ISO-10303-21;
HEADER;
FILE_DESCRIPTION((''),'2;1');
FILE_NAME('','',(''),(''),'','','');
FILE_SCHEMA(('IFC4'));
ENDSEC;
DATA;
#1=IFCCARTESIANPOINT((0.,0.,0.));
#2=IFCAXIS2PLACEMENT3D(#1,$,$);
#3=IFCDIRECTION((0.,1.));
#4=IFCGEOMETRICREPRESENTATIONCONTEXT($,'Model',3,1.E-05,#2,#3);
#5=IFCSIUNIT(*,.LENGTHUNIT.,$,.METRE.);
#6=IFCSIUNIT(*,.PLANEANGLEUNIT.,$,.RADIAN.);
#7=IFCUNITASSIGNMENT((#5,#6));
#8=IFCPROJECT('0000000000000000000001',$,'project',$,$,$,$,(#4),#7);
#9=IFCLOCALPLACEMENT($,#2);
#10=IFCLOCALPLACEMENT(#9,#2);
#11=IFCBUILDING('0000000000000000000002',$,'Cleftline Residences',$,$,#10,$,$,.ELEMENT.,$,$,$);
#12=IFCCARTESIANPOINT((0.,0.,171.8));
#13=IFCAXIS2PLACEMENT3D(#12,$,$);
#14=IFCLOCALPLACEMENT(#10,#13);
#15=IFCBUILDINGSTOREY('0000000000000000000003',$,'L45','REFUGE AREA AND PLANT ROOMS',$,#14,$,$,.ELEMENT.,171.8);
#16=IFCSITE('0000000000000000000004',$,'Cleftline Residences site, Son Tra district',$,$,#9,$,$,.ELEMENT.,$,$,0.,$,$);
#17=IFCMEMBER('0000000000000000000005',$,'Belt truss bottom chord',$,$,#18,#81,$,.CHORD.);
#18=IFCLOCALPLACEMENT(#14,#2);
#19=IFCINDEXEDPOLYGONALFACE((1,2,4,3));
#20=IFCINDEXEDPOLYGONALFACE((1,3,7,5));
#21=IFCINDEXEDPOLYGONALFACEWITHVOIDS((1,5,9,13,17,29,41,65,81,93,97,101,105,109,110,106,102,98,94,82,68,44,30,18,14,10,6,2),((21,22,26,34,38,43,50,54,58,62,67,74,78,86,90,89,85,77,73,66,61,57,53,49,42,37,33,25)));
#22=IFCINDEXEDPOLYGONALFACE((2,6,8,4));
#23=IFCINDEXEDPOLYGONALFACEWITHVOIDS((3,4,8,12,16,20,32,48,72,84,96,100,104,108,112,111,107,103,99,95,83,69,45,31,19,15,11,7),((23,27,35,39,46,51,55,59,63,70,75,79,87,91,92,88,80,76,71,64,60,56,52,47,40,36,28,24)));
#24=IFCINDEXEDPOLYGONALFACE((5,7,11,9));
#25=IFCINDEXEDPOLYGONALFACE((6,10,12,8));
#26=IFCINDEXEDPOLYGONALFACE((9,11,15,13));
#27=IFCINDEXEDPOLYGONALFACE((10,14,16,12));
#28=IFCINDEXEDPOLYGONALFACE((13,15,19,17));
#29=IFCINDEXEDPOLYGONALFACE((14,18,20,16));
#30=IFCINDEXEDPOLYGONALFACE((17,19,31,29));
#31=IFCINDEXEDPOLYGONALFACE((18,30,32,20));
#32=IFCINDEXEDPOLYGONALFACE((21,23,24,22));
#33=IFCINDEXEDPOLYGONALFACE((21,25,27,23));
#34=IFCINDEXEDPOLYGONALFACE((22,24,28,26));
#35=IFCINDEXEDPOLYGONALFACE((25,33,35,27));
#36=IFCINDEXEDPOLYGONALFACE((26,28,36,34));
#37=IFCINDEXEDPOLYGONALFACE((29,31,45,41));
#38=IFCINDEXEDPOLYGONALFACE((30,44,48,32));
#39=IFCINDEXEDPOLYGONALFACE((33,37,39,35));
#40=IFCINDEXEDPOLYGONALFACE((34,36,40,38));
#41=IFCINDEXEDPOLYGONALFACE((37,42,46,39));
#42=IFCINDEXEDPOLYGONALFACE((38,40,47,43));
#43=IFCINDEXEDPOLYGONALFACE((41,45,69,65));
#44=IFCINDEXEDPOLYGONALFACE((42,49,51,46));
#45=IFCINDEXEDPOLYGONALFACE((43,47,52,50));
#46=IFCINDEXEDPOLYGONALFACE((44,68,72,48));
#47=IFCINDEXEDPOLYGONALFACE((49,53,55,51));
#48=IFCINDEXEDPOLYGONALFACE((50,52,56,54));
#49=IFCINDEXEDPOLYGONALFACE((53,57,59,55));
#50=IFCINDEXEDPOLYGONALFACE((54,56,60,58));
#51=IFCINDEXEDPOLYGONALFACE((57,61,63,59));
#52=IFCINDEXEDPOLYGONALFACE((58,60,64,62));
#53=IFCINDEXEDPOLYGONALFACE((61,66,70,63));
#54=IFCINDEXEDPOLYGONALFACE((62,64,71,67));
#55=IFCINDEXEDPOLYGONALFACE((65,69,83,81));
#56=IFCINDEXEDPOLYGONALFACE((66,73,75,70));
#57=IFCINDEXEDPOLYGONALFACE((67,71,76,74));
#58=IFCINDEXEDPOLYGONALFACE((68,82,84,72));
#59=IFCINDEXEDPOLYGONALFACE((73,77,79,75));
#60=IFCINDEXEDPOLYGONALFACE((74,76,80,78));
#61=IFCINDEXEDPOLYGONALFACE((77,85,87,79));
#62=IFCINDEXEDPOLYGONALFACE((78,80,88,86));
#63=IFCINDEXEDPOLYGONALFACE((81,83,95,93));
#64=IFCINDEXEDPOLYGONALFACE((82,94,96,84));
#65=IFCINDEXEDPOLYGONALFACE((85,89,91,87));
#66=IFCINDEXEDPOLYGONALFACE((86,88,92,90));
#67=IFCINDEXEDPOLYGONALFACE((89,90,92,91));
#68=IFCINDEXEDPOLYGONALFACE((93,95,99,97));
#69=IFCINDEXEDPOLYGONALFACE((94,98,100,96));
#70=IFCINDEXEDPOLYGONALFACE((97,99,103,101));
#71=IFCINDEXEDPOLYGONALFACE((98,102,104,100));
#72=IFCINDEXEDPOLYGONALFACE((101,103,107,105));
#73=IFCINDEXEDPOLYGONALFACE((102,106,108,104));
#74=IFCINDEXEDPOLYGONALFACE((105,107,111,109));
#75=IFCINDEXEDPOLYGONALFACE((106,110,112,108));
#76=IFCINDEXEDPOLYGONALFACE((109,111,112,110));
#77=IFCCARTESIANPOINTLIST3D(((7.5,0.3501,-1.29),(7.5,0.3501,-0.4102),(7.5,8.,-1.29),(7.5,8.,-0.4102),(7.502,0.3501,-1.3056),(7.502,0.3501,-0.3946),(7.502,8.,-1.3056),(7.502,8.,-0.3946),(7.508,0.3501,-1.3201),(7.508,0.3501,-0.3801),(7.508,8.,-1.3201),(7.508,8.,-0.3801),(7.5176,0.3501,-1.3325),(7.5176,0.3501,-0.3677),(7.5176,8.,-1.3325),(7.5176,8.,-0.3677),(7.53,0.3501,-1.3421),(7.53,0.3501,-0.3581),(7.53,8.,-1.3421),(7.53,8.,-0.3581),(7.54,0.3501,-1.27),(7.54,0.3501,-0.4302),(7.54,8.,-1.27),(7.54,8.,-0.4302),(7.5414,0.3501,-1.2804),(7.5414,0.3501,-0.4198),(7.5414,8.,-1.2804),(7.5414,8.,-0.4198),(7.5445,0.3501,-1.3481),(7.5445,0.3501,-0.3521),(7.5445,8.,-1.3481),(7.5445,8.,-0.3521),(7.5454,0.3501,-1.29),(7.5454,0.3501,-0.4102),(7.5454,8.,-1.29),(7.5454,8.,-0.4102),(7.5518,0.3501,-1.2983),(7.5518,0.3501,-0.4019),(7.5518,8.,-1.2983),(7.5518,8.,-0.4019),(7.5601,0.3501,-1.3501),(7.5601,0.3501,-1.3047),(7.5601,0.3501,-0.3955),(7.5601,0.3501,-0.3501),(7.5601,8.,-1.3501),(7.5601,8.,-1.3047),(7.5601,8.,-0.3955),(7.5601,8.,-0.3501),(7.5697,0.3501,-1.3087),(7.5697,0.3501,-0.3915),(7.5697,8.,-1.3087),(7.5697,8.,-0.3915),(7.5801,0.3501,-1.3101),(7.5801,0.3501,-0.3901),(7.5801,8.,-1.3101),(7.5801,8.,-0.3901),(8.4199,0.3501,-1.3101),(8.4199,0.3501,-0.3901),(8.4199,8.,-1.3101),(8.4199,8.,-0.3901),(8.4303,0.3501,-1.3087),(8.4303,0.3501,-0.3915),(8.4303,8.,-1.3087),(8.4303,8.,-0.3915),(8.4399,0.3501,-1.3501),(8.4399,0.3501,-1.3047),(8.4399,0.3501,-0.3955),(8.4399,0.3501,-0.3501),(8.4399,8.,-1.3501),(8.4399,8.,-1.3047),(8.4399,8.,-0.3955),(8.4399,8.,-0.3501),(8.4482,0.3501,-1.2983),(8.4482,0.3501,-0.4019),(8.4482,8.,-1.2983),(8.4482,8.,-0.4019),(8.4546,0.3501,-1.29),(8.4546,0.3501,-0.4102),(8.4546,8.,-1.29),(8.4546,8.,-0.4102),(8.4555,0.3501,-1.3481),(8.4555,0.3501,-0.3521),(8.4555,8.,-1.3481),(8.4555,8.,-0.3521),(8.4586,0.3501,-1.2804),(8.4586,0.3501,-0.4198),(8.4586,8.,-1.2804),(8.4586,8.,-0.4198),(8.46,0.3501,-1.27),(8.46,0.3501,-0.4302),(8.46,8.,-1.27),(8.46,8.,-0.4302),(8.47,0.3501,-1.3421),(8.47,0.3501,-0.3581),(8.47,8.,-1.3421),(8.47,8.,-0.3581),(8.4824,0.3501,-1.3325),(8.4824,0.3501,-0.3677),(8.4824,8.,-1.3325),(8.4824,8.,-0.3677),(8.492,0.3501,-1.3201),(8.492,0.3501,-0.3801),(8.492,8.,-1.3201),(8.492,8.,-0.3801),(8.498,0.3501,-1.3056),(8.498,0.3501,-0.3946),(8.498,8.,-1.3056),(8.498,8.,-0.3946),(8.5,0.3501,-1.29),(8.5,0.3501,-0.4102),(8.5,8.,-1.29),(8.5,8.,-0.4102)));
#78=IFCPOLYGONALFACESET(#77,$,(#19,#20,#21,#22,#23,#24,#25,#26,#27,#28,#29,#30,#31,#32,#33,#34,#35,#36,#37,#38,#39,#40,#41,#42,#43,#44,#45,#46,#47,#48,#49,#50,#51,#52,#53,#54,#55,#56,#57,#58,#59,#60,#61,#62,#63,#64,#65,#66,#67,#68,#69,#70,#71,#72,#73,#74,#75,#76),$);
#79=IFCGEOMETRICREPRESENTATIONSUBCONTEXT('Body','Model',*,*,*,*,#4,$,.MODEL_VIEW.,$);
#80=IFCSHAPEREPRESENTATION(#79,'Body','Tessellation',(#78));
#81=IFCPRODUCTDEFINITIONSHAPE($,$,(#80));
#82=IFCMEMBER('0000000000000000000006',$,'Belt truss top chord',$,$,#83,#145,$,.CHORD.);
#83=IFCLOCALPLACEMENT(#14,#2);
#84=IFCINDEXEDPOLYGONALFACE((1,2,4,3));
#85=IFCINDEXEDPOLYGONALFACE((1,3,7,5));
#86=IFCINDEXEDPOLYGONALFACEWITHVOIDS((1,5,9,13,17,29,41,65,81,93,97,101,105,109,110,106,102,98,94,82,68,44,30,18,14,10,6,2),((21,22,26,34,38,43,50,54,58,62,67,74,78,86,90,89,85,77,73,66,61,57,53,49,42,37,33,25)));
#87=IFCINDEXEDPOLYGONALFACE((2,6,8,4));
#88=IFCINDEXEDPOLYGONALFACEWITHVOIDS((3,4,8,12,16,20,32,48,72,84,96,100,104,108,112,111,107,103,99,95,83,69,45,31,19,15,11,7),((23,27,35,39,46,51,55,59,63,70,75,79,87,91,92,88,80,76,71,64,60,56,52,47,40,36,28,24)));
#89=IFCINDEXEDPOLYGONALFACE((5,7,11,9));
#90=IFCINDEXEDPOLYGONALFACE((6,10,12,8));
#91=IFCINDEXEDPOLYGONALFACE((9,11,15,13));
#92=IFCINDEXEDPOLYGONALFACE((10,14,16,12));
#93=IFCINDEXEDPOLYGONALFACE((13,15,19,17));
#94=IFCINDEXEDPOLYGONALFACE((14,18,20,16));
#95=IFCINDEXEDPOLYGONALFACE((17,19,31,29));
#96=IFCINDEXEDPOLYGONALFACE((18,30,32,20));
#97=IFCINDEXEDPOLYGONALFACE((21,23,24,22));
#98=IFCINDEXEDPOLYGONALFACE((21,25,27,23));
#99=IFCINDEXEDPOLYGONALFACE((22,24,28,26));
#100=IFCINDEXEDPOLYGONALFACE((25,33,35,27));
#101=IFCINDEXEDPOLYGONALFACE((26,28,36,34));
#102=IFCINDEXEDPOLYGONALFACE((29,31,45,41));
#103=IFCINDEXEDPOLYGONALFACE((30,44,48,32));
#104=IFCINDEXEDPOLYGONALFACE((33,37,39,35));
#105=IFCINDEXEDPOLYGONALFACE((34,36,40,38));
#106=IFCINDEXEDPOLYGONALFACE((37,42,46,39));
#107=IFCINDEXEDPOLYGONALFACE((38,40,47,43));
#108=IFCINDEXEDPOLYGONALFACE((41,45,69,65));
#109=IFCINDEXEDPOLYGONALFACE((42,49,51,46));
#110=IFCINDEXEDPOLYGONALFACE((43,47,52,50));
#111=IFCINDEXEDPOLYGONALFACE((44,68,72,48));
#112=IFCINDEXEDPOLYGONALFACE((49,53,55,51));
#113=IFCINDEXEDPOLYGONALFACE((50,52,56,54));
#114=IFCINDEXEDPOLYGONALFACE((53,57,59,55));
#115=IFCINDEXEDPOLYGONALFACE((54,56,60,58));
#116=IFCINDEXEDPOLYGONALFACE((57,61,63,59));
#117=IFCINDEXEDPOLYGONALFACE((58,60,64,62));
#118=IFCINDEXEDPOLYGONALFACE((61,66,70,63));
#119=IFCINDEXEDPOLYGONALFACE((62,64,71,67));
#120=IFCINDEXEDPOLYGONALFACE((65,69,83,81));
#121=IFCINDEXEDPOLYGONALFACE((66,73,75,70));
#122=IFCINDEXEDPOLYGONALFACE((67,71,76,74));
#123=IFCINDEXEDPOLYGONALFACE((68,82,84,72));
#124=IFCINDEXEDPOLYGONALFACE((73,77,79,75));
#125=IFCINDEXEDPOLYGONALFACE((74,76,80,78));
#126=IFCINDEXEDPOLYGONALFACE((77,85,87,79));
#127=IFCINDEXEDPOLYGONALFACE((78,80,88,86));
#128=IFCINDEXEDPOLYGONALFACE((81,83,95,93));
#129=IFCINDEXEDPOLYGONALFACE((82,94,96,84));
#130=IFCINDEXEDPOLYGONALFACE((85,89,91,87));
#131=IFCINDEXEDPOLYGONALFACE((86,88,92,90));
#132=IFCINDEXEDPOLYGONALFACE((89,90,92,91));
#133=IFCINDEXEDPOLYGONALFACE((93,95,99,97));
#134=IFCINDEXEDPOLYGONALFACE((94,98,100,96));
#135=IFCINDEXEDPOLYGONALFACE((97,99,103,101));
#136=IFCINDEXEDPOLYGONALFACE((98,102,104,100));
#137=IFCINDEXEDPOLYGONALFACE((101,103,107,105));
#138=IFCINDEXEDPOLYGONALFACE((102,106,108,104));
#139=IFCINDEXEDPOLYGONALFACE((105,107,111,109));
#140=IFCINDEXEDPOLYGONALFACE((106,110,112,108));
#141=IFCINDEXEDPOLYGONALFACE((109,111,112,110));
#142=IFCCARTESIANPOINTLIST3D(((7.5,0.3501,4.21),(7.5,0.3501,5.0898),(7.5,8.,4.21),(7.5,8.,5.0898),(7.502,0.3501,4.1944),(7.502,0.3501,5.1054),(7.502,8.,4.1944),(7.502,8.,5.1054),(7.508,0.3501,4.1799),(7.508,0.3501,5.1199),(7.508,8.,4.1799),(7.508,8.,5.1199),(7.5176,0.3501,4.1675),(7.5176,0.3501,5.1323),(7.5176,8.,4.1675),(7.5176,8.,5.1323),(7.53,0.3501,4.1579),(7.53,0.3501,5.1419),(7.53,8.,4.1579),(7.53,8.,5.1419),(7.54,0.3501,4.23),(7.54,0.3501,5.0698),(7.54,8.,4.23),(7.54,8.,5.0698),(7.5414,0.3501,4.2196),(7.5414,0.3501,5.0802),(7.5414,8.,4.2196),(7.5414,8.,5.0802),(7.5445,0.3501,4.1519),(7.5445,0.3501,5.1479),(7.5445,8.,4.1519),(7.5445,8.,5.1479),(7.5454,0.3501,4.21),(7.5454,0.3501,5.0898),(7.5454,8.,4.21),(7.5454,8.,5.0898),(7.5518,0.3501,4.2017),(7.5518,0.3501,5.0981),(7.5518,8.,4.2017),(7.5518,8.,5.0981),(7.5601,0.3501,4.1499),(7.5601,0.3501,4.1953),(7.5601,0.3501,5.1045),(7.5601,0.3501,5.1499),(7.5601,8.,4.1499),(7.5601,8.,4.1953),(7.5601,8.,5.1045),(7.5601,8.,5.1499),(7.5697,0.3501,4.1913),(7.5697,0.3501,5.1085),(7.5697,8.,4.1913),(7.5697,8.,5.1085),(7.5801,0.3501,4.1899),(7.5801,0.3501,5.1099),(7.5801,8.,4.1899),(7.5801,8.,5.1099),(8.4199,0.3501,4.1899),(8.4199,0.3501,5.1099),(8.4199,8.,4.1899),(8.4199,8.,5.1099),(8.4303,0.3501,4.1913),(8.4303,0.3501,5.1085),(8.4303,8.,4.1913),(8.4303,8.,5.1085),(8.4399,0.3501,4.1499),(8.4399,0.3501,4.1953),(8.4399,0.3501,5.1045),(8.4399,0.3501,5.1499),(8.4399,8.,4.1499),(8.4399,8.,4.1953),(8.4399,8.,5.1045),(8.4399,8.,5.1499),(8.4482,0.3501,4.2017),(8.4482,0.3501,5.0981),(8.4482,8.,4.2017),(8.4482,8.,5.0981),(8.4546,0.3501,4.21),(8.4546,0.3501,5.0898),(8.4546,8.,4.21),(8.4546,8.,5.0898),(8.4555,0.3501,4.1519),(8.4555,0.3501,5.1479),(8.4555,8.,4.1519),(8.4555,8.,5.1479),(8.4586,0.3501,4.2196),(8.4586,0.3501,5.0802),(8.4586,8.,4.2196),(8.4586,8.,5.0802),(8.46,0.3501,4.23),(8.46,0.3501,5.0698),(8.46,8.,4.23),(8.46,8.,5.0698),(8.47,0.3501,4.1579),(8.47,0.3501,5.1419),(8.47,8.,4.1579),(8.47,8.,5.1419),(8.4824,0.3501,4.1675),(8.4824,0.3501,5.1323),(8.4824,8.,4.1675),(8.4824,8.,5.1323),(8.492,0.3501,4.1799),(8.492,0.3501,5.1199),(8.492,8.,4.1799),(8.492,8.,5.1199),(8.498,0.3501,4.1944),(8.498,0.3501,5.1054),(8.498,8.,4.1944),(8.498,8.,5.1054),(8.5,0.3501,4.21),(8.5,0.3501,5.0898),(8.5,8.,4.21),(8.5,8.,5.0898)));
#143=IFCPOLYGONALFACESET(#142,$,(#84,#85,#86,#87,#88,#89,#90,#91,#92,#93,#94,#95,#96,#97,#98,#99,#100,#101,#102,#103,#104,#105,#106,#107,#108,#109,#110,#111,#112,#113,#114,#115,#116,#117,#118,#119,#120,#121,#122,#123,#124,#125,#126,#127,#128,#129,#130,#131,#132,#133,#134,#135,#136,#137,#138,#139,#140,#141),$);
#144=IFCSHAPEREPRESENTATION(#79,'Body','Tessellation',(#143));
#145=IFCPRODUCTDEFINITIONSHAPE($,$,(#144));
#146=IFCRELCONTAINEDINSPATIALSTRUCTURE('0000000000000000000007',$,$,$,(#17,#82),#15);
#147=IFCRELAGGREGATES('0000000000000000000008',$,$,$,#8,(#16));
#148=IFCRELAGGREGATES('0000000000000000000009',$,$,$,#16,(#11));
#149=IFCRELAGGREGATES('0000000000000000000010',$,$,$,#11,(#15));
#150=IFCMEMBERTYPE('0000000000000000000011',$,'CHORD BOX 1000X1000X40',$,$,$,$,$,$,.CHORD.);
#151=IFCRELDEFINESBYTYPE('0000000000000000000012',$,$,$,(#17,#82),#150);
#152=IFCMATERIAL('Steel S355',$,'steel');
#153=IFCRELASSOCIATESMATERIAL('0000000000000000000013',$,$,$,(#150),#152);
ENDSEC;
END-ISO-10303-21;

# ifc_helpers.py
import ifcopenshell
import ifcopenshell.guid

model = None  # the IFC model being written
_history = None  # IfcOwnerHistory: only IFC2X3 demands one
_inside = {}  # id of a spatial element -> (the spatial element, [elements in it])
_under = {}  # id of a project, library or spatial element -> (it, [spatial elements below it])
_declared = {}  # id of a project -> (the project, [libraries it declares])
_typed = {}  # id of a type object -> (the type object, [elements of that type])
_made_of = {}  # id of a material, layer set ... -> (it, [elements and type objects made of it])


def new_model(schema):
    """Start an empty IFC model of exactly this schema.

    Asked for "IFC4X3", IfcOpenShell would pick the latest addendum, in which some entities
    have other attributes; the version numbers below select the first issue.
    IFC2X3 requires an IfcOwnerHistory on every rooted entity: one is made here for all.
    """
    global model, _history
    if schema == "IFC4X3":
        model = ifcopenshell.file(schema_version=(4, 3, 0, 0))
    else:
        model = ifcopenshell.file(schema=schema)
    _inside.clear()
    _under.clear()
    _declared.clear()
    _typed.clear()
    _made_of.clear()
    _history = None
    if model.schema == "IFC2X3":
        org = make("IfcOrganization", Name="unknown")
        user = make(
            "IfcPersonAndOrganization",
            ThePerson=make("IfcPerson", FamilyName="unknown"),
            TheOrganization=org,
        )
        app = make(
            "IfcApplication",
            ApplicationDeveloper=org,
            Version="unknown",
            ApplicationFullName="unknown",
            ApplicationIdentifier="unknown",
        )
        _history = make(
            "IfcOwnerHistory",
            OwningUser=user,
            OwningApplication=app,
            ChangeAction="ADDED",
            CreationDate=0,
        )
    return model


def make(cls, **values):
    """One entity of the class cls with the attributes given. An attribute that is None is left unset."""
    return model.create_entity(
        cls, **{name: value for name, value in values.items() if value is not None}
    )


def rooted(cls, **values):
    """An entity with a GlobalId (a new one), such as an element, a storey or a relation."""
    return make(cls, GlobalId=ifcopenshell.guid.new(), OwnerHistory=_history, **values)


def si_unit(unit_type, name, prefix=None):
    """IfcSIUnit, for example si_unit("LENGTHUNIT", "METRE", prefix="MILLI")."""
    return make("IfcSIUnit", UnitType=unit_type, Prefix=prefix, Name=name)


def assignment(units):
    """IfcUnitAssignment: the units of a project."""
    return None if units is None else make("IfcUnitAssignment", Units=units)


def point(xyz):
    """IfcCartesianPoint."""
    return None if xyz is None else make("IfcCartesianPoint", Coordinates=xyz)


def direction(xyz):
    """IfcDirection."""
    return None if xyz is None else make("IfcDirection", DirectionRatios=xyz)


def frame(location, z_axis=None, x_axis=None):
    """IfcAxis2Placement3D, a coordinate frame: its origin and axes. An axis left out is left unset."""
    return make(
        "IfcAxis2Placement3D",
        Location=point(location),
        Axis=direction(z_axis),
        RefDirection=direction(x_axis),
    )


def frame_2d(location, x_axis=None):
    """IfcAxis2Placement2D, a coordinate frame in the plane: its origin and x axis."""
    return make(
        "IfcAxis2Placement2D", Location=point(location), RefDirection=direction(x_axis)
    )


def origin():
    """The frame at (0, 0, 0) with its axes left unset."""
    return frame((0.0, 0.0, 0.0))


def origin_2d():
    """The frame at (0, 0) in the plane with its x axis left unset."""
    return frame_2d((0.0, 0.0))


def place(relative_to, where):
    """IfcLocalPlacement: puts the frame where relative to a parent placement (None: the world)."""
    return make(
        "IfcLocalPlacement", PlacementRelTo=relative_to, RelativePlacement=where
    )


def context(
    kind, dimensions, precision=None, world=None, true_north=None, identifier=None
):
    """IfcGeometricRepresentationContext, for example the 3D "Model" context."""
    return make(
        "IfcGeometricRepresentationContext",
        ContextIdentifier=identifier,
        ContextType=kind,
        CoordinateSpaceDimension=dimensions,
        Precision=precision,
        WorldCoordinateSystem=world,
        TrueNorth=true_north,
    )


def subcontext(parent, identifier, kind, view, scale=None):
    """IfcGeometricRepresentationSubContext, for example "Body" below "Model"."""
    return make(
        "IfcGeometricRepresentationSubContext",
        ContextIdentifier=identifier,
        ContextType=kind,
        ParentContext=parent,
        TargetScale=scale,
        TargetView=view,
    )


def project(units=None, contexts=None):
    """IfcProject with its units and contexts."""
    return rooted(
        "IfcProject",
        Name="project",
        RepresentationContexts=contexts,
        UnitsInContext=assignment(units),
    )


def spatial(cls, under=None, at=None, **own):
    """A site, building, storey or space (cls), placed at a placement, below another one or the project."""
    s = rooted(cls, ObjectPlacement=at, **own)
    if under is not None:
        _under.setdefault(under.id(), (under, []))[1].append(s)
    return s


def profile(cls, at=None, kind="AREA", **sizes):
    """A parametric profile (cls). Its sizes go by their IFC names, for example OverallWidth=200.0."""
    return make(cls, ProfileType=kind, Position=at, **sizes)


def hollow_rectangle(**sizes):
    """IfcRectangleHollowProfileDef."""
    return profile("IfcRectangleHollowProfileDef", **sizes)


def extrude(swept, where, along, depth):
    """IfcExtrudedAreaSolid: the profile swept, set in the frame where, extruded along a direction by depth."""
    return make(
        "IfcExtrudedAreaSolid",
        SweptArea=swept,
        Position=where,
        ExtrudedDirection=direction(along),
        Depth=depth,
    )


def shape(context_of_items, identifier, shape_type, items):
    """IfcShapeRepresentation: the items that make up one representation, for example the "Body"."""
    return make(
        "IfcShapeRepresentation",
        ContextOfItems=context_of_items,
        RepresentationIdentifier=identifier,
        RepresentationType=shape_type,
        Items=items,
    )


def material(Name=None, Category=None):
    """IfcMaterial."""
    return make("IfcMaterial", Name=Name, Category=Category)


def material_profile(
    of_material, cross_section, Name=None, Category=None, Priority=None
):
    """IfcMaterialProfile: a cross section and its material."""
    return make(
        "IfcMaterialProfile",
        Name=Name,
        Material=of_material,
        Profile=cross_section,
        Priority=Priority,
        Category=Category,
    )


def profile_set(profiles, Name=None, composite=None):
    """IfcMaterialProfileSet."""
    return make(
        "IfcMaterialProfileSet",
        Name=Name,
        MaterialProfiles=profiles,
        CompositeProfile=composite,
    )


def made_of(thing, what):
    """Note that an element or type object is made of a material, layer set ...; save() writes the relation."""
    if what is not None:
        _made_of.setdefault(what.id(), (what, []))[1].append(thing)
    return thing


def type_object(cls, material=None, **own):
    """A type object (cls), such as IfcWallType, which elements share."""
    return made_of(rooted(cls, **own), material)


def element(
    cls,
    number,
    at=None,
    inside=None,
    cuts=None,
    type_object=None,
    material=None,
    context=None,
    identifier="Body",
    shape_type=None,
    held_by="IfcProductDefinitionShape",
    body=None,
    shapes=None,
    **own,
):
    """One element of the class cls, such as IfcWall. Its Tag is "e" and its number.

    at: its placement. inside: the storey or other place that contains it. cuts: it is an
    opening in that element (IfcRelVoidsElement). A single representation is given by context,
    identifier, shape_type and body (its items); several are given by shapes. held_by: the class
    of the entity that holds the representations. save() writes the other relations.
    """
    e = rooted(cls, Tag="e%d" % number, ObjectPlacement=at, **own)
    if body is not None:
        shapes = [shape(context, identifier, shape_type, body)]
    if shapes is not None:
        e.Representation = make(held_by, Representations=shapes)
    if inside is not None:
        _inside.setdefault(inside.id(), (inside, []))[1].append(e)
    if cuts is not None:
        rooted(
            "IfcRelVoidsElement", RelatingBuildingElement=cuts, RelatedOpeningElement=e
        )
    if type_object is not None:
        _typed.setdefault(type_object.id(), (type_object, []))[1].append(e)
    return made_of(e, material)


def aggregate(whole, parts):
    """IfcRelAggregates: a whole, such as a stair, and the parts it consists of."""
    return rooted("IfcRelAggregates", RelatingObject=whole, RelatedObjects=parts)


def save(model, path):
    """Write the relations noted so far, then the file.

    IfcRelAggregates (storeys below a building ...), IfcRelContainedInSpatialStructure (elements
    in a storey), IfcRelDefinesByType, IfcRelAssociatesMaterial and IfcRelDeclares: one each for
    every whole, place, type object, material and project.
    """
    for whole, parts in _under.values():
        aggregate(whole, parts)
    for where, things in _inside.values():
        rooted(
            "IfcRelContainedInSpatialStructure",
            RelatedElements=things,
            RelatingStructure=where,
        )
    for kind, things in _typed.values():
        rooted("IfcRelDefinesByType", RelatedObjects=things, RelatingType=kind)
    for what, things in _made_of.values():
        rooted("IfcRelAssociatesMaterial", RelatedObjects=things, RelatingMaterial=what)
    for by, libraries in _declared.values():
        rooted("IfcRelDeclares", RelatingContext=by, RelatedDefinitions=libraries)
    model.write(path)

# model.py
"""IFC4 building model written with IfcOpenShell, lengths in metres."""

from ifc_helpers import new_model, si_unit, direction, frame, origin, origin_2d, place, context, subcontext, project, spatial, hollow_rectangle, extrude, material, material_profile, profile_set, type_object, element, save


model = new_model("IFC4")

# Units and contexts
model_context = context("Model", 3, precision=1e-05, world=origin(), true_north=direction((0.0, 1.0)))
body_context = subcontext(model_context, "Body", "Model", "MODEL_VIEW")
ifc_project = project(units=[si_unit("LENGTHUNIT", "METRE"), si_unit("PLANEANGLEUNIT", "RADIAN")], contexts=[model_context])

# Site, building, storey
site_placement = place(None, origin())
site = spatial("IfcSite", under=ifc_project, at=site_placement, Name="Cleftline Residences site, Son Tra district", CompositionType="ELEMENT", RefElevation=0.0)
building_placement = place(site_placement, origin())
building = spatial("IfcBuilding", under=site, at=building_placement, Name="Cleftline Residences", CompositionType="ELEMENT")
storey_placement = place(building_placement, frame((0.0, 0.0, 171.8)))
storey = spatial("IfcBuildingStorey", under=building, at=storey_placement, Name="L45", Description="REFUGE AREA AND PLANT ROOMS", CompositionType="ELEMENT", Elevation=171.8)

# Members
ifc_material_1 = material(Name="Steel S355", Category="steel")
ifc_material_profile_1 = material_profile(ifc_material_1, hollow_rectangle(XDim=1.0, YDim=1.0, WallThickness=0.04, InnerFilletRadius=0.04, OuterFilletRadius=0.0601, at=origin_2d()))
ifc_profile_set_1 = profile_set([ifc_material_profile_1], Name="Steel S355")
member_type_1 = type_object("IfcMemberType", Name="CHORD BOX 1000X1000X40", PredefinedType="CHORD", material=ifc_profile_set_1)
for number, where, z_axis, x_axis, name in (
    (1, (8.0, 0.3501, -0.8501), (0.0, 1.0, 0.0), (-1.0, 0.0, 0.0), "Belt truss bottom chord"),
    (2, (8.0, 0.3501, 4.6499), (0.0, 1.0, 0.0), (-1.0, 0.0, 0.0), "Belt truss top chord"),
):
    element("IfcMember", number, at=place(storey_placement, frame(where, z_axis=z_axis, x_axis=x_axis)), inside=storey, type_object=member_type_1, Name=name, PredefinedType="CHORD", context=body_context, shape_type="SweptSolid", body=[
        extrude(hollow_rectangle(XDim=1.0, YDim=1.0, WallThickness=0.04, InnerFilletRadius=0.04, OuterFilletRadius=0.0601, at=origin_2d()), origin(), (0.0, 0.0, 1.0), 7.6499),
    ])

save(model, "model.ifc")
